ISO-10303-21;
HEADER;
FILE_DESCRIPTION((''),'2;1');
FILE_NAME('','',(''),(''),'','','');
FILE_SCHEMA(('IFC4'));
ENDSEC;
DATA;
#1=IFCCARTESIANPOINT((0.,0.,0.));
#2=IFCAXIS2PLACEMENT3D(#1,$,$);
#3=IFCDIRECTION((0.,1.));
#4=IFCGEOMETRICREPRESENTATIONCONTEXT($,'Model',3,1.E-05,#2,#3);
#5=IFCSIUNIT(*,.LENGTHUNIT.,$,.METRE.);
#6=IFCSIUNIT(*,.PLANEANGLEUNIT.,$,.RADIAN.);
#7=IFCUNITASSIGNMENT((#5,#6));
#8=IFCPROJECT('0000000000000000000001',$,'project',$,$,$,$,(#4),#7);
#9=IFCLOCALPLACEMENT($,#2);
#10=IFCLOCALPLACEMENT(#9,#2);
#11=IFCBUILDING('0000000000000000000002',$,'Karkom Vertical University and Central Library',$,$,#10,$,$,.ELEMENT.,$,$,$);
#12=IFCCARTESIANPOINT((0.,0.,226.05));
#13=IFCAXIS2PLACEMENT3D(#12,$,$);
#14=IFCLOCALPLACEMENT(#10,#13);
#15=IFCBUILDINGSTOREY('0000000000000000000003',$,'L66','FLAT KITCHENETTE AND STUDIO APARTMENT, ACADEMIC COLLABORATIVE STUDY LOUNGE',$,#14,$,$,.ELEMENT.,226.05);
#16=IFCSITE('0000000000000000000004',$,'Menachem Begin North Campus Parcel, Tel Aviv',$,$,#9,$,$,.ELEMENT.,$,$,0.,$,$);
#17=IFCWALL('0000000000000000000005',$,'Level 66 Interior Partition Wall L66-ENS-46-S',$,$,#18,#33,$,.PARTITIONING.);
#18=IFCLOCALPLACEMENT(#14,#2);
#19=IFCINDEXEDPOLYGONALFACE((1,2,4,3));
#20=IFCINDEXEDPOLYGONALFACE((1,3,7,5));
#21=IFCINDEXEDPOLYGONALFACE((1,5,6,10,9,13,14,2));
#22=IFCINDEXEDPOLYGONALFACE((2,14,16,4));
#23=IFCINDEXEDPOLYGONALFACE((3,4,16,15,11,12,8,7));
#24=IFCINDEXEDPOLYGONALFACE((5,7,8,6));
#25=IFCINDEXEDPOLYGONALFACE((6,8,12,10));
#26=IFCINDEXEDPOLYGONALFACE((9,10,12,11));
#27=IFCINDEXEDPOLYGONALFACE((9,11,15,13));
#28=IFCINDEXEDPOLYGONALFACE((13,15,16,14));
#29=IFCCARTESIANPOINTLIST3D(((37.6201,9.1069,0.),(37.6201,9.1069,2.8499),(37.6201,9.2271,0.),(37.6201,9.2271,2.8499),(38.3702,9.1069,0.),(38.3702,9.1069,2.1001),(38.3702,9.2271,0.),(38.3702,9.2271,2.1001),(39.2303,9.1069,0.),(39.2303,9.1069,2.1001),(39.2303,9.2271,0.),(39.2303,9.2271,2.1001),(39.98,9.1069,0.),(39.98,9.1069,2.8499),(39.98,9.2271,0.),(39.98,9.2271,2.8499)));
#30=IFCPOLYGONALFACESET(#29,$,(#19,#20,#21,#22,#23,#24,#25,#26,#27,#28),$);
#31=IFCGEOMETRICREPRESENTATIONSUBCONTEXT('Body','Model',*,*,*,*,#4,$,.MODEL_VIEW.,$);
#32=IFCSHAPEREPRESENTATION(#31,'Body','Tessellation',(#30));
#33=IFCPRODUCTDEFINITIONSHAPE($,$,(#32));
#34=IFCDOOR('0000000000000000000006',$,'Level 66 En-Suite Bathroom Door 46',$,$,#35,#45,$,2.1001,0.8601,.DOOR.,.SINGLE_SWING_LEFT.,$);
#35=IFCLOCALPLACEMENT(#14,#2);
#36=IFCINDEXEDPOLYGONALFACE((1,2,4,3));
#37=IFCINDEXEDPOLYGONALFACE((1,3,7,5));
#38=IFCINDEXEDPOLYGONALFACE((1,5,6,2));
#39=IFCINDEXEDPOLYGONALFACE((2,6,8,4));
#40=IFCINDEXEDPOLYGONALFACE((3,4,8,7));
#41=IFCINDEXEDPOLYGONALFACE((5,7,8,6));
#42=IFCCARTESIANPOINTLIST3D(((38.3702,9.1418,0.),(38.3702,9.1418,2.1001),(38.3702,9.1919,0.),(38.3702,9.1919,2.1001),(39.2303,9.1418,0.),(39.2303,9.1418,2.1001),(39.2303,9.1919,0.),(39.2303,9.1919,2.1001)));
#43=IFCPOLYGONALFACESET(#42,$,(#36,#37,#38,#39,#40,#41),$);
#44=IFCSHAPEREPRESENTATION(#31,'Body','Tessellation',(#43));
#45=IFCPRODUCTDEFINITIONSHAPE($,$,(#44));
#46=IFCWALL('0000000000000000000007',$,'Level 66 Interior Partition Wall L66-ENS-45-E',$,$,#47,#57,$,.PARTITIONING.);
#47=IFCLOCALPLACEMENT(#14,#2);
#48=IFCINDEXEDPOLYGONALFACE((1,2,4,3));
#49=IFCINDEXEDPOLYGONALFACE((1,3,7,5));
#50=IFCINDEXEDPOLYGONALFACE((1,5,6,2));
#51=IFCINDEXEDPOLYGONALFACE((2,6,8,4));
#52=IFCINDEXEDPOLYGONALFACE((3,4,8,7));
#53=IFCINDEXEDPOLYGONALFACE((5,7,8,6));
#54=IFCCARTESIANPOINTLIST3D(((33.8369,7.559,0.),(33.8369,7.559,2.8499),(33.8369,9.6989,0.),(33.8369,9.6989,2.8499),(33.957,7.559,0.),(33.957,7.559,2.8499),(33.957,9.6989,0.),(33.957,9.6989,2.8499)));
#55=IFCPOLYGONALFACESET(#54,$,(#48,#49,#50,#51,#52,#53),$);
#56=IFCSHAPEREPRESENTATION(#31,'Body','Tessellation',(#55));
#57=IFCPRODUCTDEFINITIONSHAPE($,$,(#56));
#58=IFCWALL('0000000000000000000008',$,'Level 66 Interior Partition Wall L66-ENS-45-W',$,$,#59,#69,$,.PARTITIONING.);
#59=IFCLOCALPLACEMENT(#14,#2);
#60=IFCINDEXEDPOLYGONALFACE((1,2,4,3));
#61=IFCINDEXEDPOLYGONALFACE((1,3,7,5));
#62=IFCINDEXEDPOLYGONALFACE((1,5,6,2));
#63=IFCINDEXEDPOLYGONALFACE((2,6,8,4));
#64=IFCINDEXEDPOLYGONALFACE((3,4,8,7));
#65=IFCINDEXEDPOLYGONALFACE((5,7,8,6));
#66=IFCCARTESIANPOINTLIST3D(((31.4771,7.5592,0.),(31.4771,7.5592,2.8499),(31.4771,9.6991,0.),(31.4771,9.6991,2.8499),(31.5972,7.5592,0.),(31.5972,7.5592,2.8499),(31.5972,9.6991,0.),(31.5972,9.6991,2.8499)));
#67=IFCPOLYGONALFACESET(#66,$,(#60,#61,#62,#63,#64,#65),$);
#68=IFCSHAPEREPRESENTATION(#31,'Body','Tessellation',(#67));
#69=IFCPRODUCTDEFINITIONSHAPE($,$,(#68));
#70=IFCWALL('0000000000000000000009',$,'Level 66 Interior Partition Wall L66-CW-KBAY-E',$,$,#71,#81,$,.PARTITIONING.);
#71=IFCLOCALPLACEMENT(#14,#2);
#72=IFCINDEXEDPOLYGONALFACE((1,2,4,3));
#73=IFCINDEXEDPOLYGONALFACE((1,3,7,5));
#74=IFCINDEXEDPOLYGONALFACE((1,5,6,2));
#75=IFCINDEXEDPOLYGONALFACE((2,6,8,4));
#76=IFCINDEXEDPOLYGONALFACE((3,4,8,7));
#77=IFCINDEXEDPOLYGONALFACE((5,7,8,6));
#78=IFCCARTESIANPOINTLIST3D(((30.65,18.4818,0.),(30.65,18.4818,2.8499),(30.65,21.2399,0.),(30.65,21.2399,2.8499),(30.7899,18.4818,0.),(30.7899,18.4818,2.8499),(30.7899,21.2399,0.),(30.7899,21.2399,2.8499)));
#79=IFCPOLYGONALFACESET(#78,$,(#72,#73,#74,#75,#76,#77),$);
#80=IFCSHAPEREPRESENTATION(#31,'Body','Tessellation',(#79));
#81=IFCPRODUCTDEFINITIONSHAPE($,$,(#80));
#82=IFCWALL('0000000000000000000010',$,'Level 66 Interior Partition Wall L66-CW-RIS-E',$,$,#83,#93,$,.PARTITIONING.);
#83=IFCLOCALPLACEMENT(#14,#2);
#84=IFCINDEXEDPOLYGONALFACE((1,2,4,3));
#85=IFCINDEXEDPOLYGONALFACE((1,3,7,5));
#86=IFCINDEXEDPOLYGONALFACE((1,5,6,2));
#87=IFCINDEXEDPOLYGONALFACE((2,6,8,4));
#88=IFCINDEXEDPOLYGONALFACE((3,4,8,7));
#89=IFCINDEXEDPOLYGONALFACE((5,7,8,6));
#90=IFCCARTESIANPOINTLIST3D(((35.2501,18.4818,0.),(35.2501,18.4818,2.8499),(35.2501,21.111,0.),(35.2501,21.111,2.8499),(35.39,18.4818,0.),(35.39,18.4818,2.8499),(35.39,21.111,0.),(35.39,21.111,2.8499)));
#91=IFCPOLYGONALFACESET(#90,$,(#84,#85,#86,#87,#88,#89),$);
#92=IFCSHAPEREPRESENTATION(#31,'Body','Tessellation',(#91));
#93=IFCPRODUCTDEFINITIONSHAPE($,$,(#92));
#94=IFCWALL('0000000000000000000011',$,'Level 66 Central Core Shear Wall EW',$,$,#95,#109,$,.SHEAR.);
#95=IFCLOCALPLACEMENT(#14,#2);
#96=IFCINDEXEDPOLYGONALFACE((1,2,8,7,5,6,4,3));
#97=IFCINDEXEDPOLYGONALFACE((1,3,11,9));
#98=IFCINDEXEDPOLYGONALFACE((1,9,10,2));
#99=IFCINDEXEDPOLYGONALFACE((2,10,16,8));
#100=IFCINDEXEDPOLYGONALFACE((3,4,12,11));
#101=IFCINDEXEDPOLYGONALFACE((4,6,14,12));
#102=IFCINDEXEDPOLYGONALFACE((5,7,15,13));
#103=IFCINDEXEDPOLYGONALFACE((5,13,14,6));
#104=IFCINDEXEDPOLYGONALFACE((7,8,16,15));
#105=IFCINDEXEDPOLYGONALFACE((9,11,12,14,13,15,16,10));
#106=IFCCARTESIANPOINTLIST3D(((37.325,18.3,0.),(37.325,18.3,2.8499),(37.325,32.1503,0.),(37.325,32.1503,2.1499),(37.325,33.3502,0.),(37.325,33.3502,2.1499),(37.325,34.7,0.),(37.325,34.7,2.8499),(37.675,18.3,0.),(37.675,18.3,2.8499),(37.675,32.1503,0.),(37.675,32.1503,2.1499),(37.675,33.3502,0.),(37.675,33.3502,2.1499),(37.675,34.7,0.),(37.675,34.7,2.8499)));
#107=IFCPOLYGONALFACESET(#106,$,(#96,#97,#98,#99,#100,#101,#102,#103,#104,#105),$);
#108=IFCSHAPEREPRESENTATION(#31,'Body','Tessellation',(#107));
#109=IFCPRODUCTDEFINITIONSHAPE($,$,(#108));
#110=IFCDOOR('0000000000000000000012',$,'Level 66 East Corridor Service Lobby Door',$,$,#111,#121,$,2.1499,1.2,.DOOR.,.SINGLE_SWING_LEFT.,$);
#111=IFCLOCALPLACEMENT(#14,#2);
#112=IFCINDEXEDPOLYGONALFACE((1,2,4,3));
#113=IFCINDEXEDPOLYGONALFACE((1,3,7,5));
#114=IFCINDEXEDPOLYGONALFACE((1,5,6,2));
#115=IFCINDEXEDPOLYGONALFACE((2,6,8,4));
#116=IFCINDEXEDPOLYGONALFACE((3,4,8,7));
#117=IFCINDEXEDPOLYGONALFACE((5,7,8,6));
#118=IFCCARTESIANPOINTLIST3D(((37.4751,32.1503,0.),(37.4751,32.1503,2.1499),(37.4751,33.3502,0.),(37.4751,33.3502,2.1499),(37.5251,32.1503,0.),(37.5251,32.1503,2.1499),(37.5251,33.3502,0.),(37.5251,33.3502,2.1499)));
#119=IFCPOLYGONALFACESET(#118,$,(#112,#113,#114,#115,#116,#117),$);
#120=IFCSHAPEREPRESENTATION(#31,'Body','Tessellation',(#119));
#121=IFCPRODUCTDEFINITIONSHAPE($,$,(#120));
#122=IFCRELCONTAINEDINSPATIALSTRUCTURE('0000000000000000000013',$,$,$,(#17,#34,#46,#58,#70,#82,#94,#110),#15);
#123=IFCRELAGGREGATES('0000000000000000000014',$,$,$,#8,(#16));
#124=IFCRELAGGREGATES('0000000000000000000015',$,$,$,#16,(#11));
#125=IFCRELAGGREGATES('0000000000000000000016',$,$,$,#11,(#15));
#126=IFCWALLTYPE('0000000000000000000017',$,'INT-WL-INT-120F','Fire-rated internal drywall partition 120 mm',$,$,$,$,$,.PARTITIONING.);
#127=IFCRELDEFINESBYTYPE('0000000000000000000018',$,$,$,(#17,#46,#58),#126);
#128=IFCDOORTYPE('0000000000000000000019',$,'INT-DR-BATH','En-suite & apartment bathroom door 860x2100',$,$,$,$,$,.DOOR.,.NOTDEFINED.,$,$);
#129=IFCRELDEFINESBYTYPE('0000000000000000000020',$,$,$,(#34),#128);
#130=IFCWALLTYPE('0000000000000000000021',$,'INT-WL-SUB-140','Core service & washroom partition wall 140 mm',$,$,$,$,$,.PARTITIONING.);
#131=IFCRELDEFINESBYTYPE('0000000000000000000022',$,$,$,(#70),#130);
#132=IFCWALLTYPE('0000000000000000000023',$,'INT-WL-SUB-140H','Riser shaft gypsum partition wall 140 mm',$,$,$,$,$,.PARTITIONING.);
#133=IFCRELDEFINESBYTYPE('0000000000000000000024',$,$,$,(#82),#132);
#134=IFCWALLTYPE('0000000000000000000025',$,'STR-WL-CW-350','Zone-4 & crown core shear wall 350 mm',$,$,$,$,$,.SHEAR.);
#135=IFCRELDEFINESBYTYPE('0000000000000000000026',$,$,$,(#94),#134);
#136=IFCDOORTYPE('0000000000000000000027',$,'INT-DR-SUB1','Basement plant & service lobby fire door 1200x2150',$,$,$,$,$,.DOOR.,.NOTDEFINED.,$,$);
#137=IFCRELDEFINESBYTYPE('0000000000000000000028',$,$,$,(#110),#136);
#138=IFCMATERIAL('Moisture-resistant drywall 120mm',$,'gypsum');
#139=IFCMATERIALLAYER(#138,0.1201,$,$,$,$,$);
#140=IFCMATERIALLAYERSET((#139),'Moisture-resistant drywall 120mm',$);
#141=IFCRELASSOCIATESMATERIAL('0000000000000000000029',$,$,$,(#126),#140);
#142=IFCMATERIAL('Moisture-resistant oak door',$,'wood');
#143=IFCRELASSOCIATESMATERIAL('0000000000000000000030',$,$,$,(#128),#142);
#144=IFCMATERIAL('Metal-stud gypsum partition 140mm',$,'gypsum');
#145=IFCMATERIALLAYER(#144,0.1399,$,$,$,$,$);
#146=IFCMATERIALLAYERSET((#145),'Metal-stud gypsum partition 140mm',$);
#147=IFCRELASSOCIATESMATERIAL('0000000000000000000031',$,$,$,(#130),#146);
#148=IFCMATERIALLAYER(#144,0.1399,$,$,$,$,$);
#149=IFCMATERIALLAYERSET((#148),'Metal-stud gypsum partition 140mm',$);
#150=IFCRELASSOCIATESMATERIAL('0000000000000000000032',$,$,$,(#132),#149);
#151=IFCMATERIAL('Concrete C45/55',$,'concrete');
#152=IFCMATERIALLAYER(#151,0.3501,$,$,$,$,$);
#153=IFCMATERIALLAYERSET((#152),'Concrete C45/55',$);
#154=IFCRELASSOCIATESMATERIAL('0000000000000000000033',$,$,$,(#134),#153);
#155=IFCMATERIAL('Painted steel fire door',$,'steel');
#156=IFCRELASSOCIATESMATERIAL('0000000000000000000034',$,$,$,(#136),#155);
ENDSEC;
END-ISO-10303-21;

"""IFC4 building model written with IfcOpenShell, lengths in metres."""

from ifc_helpers import new_model, si_unit, direction, frame, frame_2d, origin, origin_with_axes, place, context, subcontext, project, spatial, rectangle, extrude, source, transform, mapped, material, layer, layer_set, type_object, element, fill, save


model = new_model("IFC4")

# Units and contexts
model_context = context("Model", 3, precision=1e-05, world=origin(), true_north=direction((0.0, 1.0)))
body_context = subcontext(model_context, "Body", "Model", "MODEL_VIEW")
ifc_project = project(units=[si_unit("LENGTHUNIT", "METRE"), si_unit("PLANEANGLEUNIT", "RADIAN")], contexts=[model_context])

# Site, building, storey
site_placement = place(None, origin())
site = spatial("IfcSite", under=ifc_project, at=site_placement, Name="Menachem Begin North Campus Parcel, Tel Aviv", CompositionType="ELEMENT", RefElevation=0.0)
building_placement = place(site_placement, origin())
building = spatial("IfcBuilding", under=site, at=building_placement, Name="Karkom Vertical University and Central Library", CompositionType="ELEMENT")
storey_placement = place(building_placement, frame((0.0, 0.0, 226.05)))
storey = spatial("IfcBuildingStorey", under=building, at=storey_placement, Name="L66", Description="FLAT KITCHENETTE AND STUDIO APARTMENT, ACADEMIC COLLABORATIVE STUDY LOUNGE", CompositionType="ELEMENT", Elevation=226.05)

# Shared definitions
ifc_material_1 = material(Name="Concrete C45/55", Category="concrete")

# Shared definitions
ifc_material_2 = material(Name="Moisture-resistant drywall 120mm", Category="gypsum")

# Shared definitions
ifc_layer_1 = layer(ifc_material_2, 0.1201)
ifc_layer_set_1 = layer_set([ifc_layer_1], Name="Moisture-resistant drywall 120mm")
wall_type_1 = type_object("IfcWallType", Name="INT-WL-INT-120F", Description="Fire-rated internal drywall partition 120 mm", PredefinedType="PARTITIONING", material=ifc_layer_set_1)
ifc_material_3 = material(Name="Moisture-resistant oak door", Category="wood")
door_type_1 = type_object("IfcDoorType", Name="INT-DR-BATH", Description="En-suite & apartment bathroom door 860x2100", OperationType="NOTDEFINED", PredefinedType="DOOR", material=ifc_material_3)
shared_shape_1 = source(origin_with_axes(), body_context, "Body", "SweptSolid", [
    extrude(rectangle(XDim=0.8601, YDim=2.1001, at=frame_2d((0.4302, 1.05))), frame((0.0, 0.0249, 0.0), z_axis=(0.0, -1.0, 0.0), x_axis=(1.0, 0.0, 0.0)), (0.0, 0.0, 1.0), 0.05),
])

# Wall, opening, door
wall_1_placement = place(storey_placement, frame((37.6201, 9.167, 0.0), z_axis=(0.0, 0.0, 1.0), x_axis=(1.0, 0.0, 0.0)))
wall_1 = element("IfcWall", 1, at=wall_1_placement, inside=storey, type_object=wall_type_1, Name="Level 66 Interior Partition Wall L66-ENS-46-S", PredefinedType="PARTITIONING", context=body_context, shape_type="SweptSolid", body=[
    extrude(rectangle(XDim=2.3599, YDim=0.1201, at=frame_2d((1.1799, 0.0))), origin(), (0.0, 0.0, 1.0), 2.8499),
])
opening_1_placement = place(wall_1_placement, frame((0.75, 0.0, 0.0)))
opening_1 = element("IfcOpeningElement", 2, at=opening_1_placement, cuts=wall_1, PredefinedType="OPENING", context=body_context, shape_type="SweptSolid", body=[
    extrude(rectangle(XDim=0.8601, YDim=2.1001, at=frame_2d((0.4302, 1.05))), frame((0.0, 0.0701, 0.0), z_axis=(0.0, -1.0, 0.0), x_axis=(1.0, 0.0, 0.0)), (0.0, 0.0, 1.0), 0.1401),
])
door_1_placement = place(opening_1_placement, origin())
door_1 = element("IfcDoor", 3, at=door_1_placement, inside=storey, type_object=door_type_1, Name="Level 66 En-Suite Bathroom Door 46", OperationType="SINGLE_SWING_LEFT", OverallHeight=2.1001, OverallWidth=0.8601, PredefinedType="DOOR", context=body_context, shape_type="MappedRepresentation", body=[
    mapped(shared_shape_1, transform((0.0, 0.0, 0.0), scale=1.0)),
])
fill(opening_1, door_1)

# Walls
for number, where, z_axis, x_axis, name in (
    (4, (33.897, 7.5591, 0.0), (0.0, 0.0, 1.0), (0.0, 1.0, 0.0), "Level 66 Interior Partition Wall L66-ENS-45-E"),
    (5, (31.5371, 9.699, 0.0), (0.0, 0.0, 1.0), (0.0, -1.0, 0.0), "Level 66 Interior Partition Wall L66-ENS-45-W"),
):
    element("IfcWall", number, at=place(storey_placement, frame(where, z_axis=z_axis, x_axis=x_axis)), inside=storey, type_object=wall_type_1, Name=name, PredefinedType="PARTITIONING", context=body_context, shape_type="SweptSolid", body=[
        extrude(rectangle(XDim=2.1399, YDim=0.1201, at=frame_2d((1.0698, 0.0))), origin(), (0.0, 0.0, 1.0), 2.8499),
    ])
ifc_material_4 = material(Name="Metal-stud gypsum partition 140mm", Category="gypsum")
ifc_layer_2 = layer(ifc_material_4, 0.1399)
ifc_layer_set_2 = layer_set([ifc_layer_2], Name="Metal-stud gypsum partition 140mm")
wall_type_2 = type_object("IfcWallType", Name="INT-WL-SUB-140", Description="Core service & washroom partition wall 140 mm", PredefinedType="PARTITIONING", material=ifc_layer_set_2)
wall_2_placement = place(storey_placement, frame((30.72, 18.4819, 0.0), z_axis=(0.0, 0.0, 1.0), x_axis=(0.0, 1.0, 0.0)))
element("IfcWall", 6, at=wall_2_placement, inside=storey, type_object=wall_type_2, Name="Level 66 Interior Partition Wall L66-CW-KBAY-E", PredefinedType="PARTITIONING", context=body_context, shape_type="SweptSolid", body=[
    extrude(rectangle(XDim=2.7581, YDim=0.1399, at=frame_2d((1.3789, 0.0))), origin(), (0.0, 0.0, 1.0), 2.8499),
])
ifc_layer_3 = layer(ifc_material_4, 0.1399)
ifc_layer_set_3 = layer_set([ifc_layer_3], Name="Metal-stud gypsum partition 140mm")
wall_type_3 = type_object("IfcWallType", Name="INT-WL-SUB-140H", Description="Riser shaft gypsum partition wall 140 mm", PredefinedType="PARTITIONING", material=ifc_layer_set_3)
wall_3_placement = place(storey_placement, frame((35.3201, 18.4819, 0.0), z_axis=(0.0, 0.0, 1.0), x_axis=(0.0, 1.0, 0.0)))
element("IfcWall", 7, at=wall_3_placement, inside=storey, type_object=wall_type_3, Name="Level 66 Interior Partition Wall L66-CW-RIS-E", PredefinedType="PARTITIONING", context=body_context, shape_type="SweptSolid", body=[
    extrude(rectangle(XDim=2.6292, YDim=0.1399, at=frame_2d((1.3145, 0.0))), origin(), (0.0, 0.0, 1.0), 2.8499),
])

# Wall, opening, door
ifc_layer_4 = layer(ifc_material_1, 0.3501)
ifc_layer_set_4 = layer_set([ifc_layer_4], Name="Concrete C45/55")
wall_type_4 = type_object("IfcWallType", Name="STR-WL-CW-350", Description="Zone-4 & crown core shear wall 350 mm", PredefinedType="SHEAR", material=ifc_layer_set_4)
wall_4_placement = place(storey_placement, frame((37.5, 18.3, 0.0), z_axis=(0.0, 0.0, 1.0), x_axis=(0.0, 1.0, 0.0)))
wall_4 = element("IfcWall", 8, at=wall_4_placement, inside=storey, type_object=wall_type_4, Name="Level 66 Central Core Shear Wall EW", PredefinedType="SHEAR", context=body_context, shape_type="SweptSolid", body=[
    extrude(rectangle(XDim=16.3999, YDim=0.3501, at=frame_2d((8.2, 0.0))), origin(), (0.0, 0.0, 1.0), 2.8499),
])
opening_2_placement = place(wall_4_placement, frame((13.8501, 0.0, 0.0)))
opening_2 = element("IfcOpeningElement", 9, at=opening_2_placement, cuts=wall_4, PredefinedType="OPENING", context=body_context, shape_type="SweptSolid", body=[
    extrude(rectangle(XDim=1.2, YDim=2.1499, at=frame_2d((0.6001, 1.075))), frame((0.0, 0.1851, 0.0), z_axis=(0.0, -1.0, 0.0), x_axis=(1.0, 0.0, 0.0)), (0.0, 0.0, 1.0), 0.3701),
])
ifc_material_5 = material(Name="Painted steel fire door", Category="steel")
door_type_2 = type_object("IfcDoorType", Name="INT-DR-SUB1", Description="Basement plant & service lobby fire door 1200x2150", OperationType="NOTDEFINED", PredefinedType="DOOR", material=ifc_material_5)
shared_shape_2 = source(origin_with_axes(), body_context, "Body", "SweptSolid", [
    extrude(rectangle(XDim=1.2, YDim=2.1499, at=frame_2d((0.6001, 1.075))), frame((0.0, 0.0249, 0.0), z_axis=(0.0, -1.0, 0.0), x_axis=(1.0, 0.0, 0.0)), (0.0, 0.0, 1.0), 0.05),
])
door_2_placement = place(opening_2_placement, origin())
door_2 = element("IfcDoor", 10, at=door_2_placement, inside=storey, type_object=door_type_2, Name="Level 66 East Corridor Service Lobby Door", OperationType="SINGLE_SWING_LEFT", OverallHeight=2.1499, OverallWidth=1.2, PredefinedType="DOOR", context=body_context, shape_type="MappedRepresentation", body=[
    mapped(shared_shape_2, transform((0.0, 0.0, 0.0), scale=1.0)),
])
fill(opening_2, door_2)

save(model, "model.ifc")
